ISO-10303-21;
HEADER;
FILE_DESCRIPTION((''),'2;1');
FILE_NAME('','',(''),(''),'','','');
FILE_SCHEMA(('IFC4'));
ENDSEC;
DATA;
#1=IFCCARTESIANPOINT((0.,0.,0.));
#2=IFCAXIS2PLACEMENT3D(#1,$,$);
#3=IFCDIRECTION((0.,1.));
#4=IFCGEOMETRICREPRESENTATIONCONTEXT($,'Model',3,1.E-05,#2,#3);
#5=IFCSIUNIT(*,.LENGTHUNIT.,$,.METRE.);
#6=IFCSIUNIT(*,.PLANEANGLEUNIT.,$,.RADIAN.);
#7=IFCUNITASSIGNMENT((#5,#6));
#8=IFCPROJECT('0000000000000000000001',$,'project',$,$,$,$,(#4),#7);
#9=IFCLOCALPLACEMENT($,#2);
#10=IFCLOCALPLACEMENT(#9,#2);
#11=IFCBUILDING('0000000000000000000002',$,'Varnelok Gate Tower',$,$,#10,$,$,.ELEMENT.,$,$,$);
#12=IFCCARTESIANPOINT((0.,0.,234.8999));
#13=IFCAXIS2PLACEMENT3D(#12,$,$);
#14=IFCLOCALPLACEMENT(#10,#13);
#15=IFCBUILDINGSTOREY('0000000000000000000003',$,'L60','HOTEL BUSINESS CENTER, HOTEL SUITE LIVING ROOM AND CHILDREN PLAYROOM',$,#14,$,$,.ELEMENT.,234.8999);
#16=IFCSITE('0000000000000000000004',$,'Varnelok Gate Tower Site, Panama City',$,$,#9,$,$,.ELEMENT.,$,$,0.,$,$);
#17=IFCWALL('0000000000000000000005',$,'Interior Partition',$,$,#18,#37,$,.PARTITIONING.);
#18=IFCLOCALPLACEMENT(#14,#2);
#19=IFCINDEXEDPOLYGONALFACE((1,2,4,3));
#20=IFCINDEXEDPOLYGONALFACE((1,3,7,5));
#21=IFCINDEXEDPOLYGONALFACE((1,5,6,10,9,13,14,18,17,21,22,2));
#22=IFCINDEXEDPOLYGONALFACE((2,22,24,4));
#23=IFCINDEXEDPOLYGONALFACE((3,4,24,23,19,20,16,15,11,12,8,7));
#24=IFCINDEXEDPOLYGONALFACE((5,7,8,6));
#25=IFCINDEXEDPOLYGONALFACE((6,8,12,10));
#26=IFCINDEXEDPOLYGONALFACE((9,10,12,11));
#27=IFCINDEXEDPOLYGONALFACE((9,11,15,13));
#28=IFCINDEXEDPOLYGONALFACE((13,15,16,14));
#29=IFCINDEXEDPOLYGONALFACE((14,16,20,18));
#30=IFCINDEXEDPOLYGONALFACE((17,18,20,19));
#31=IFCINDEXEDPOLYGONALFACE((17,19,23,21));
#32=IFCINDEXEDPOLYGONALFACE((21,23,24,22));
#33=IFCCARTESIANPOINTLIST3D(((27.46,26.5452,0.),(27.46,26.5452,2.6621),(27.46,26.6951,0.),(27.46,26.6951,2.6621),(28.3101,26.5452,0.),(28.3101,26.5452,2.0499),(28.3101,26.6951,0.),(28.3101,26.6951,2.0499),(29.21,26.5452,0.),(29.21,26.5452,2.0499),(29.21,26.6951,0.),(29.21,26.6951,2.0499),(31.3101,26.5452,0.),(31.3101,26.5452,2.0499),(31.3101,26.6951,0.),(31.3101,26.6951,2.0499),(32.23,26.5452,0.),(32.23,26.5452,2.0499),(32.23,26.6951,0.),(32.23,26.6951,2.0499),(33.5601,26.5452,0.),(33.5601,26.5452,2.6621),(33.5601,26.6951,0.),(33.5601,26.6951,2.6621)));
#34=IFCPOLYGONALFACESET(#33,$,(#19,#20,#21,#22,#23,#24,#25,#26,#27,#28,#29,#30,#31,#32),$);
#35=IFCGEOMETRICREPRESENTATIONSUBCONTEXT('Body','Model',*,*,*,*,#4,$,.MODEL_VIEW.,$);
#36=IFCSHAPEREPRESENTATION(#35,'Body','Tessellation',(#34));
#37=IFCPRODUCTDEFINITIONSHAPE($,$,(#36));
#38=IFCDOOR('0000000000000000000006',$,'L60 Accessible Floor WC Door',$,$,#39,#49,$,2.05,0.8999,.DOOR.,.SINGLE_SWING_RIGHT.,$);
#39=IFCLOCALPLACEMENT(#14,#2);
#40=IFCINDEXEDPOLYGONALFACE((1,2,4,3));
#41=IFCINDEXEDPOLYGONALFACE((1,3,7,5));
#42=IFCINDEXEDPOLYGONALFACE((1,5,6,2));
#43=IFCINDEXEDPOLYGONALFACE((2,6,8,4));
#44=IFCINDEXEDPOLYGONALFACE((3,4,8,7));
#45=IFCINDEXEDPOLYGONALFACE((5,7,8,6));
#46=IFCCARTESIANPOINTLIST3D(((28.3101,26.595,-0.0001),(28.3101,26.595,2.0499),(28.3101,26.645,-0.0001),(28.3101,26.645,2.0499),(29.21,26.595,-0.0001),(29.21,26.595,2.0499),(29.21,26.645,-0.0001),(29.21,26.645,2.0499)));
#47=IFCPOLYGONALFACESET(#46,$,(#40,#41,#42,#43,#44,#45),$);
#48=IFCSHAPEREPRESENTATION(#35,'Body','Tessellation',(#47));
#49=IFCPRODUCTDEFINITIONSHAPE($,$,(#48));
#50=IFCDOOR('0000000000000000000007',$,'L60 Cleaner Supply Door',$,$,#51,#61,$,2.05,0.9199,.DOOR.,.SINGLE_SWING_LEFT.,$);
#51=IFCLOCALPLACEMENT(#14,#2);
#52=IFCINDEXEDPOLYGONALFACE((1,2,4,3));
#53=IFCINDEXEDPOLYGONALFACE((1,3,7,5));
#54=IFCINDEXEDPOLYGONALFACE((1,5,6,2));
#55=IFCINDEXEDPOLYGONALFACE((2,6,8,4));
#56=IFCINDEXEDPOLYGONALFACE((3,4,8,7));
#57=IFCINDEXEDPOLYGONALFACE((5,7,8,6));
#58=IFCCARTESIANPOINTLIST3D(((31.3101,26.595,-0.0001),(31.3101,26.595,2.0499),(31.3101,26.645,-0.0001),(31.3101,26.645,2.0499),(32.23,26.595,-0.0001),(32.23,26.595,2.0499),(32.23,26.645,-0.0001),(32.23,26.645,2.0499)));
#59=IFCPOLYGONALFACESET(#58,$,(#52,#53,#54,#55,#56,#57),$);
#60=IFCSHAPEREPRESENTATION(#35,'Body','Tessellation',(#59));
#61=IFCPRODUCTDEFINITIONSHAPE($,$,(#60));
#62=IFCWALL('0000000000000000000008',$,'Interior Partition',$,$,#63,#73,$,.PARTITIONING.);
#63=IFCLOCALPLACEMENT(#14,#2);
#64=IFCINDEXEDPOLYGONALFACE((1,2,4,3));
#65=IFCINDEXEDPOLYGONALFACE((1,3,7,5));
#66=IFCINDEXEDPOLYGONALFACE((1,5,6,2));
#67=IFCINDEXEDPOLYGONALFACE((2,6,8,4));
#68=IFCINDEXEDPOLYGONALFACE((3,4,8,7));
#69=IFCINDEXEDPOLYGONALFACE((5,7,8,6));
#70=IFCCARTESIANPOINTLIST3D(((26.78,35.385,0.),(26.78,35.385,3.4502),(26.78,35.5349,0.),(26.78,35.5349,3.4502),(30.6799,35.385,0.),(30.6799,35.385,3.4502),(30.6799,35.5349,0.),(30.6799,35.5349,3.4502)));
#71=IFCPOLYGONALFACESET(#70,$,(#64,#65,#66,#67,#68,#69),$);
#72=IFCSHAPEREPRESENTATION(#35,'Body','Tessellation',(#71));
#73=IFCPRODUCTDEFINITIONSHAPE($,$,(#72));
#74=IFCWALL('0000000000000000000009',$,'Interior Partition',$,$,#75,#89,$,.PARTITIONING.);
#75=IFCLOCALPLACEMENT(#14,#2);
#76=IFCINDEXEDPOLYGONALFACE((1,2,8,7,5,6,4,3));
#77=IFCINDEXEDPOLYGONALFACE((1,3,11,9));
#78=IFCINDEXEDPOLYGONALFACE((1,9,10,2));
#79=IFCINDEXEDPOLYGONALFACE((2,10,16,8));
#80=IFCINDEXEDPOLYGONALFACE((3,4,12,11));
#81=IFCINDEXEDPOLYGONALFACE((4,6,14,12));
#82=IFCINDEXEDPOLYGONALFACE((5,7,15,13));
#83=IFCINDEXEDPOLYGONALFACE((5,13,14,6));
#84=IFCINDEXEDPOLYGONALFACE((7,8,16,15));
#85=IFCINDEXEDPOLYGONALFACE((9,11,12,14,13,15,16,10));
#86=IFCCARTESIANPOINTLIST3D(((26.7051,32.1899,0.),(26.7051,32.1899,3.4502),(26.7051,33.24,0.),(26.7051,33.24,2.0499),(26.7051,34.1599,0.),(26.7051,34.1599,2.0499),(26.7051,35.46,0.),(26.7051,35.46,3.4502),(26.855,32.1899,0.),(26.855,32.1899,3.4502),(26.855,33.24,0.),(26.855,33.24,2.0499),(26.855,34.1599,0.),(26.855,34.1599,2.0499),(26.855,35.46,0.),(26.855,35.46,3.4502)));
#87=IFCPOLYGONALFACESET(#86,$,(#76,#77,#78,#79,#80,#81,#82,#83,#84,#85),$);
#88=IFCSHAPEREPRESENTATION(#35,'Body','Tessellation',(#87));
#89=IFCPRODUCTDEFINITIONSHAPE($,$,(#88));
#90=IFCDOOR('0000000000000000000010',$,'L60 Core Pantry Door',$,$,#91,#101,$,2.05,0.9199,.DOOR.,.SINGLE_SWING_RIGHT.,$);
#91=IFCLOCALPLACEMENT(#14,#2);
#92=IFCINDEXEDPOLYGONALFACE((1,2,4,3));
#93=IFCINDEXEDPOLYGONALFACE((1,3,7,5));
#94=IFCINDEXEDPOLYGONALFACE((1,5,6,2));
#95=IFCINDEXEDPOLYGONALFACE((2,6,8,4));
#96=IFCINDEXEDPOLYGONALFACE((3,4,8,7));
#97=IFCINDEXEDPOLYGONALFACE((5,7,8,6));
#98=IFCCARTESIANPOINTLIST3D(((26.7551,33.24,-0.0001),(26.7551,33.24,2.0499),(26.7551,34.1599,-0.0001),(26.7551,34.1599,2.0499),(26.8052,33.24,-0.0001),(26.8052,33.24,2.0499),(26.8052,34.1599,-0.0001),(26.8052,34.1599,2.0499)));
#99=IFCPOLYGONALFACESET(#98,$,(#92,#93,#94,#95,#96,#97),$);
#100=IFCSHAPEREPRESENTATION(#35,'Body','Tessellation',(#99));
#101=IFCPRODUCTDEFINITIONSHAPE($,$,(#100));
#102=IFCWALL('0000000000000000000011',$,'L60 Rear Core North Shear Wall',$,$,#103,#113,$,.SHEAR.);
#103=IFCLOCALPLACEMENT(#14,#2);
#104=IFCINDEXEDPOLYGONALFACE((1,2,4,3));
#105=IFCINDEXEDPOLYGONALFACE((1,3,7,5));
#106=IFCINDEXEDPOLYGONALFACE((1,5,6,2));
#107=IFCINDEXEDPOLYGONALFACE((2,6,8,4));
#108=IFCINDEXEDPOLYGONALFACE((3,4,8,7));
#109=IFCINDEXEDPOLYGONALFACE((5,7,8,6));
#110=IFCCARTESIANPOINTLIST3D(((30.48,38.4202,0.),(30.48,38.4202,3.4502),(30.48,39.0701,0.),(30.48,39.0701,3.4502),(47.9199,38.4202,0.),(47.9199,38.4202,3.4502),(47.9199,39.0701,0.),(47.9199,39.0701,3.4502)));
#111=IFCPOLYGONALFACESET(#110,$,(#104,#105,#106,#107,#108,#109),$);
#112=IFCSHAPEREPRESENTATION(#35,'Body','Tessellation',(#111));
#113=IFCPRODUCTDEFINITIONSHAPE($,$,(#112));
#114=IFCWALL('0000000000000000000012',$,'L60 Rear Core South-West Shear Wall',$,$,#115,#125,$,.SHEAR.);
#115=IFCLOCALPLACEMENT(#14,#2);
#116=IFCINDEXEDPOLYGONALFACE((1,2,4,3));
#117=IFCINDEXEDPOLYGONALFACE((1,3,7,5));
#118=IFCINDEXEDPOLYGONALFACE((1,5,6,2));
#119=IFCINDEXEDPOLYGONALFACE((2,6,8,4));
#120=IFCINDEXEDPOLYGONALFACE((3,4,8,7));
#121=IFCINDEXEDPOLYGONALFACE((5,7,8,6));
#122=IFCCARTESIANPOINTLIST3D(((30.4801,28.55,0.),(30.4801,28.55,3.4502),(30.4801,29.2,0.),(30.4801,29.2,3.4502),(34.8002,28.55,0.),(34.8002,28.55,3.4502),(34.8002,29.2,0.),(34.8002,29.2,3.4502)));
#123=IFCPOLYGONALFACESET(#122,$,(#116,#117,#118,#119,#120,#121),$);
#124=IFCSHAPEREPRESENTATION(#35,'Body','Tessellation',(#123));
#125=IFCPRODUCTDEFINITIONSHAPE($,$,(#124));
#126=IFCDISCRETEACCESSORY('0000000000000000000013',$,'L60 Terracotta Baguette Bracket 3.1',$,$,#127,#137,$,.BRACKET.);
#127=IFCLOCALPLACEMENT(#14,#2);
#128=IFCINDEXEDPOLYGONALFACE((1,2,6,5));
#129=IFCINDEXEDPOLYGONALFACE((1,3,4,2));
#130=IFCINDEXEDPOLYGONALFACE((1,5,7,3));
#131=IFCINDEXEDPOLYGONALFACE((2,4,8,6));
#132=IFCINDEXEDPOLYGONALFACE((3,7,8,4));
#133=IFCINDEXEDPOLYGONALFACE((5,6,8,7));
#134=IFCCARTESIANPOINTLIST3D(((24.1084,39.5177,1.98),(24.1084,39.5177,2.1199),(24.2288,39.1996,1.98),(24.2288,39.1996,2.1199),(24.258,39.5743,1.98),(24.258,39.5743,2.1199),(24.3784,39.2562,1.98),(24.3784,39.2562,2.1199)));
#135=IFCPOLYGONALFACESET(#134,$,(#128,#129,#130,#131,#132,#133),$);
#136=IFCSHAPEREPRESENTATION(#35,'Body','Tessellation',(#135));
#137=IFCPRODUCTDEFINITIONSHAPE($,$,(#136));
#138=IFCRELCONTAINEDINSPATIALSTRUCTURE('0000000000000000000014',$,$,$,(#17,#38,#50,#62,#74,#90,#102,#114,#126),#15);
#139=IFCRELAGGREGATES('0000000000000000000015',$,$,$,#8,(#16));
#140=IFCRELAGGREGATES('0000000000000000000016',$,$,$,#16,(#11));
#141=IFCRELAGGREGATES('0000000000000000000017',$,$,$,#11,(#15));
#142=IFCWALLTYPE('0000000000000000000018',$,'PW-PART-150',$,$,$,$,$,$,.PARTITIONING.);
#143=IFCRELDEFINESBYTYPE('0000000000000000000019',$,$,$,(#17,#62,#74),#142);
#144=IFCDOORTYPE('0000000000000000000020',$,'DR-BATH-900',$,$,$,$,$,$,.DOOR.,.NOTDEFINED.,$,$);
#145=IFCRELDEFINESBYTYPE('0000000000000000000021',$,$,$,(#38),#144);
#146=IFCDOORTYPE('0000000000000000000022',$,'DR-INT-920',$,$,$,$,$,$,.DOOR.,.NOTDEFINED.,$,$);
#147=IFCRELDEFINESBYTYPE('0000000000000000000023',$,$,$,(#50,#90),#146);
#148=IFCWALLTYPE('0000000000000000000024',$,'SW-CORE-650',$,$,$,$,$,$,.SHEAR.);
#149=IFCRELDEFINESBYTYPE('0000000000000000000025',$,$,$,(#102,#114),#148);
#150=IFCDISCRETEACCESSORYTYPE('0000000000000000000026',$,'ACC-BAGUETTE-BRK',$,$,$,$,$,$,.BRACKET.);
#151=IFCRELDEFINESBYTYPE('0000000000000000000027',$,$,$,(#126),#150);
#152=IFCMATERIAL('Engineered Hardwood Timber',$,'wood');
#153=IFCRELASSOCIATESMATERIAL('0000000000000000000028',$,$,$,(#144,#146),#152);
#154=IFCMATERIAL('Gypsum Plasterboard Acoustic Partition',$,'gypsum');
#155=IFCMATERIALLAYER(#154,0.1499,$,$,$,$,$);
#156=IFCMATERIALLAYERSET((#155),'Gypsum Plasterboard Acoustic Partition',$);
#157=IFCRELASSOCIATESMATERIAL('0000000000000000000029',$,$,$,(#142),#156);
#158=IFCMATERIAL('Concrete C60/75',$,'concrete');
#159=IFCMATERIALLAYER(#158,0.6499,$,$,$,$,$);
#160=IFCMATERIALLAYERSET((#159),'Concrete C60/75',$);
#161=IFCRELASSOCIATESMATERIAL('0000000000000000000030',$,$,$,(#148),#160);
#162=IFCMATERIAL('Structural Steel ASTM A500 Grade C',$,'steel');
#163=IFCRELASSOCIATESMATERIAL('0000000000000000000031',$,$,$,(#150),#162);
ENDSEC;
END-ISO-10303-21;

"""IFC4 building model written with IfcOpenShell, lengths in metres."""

from ifc_helpers import new_model, si_unit, direction, frame, frame_2d, origin, origin_2d, place, context, subcontext, project, spatial, rectangle, extrude, source, transform, mapped, material, layer, layer_set, type_object, element, fill, save


model = new_model("IFC4")

# Units and contexts
model_context = context("Model", 3, precision=1e-05, world=origin(), true_north=direction((0.0, 1.0)))
body_context = subcontext(model_context, "Body", "Model", "MODEL_VIEW")
ifc_project = project(units=[si_unit("LENGTHUNIT", "METRE"), si_unit("PLANEANGLEUNIT", "RADIAN")], contexts=[model_context])

# Site, building, storey
site_placement = place(None, origin())
site = spatial("IfcSite", under=ifc_project, at=site_placement, Name="Varnelok Gate Tower Site, Panama City", CompositionType="ELEMENT", RefElevation=0.0)
building_placement = place(site_placement, origin())
building = spatial("IfcBuilding", under=site, at=building_placement, Name="Varnelok Gate Tower", CompositionType="ELEMENT")
storey_placement = place(building_placement, frame((0.0, 0.0, 234.8999)))
storey = spatial("IfcBuildingStorey", under=building, at=storey_placement, Name="L60", Description="HOTEL BUSINESS CENTER, HOTEL SUITE LIVING ROOM AND CHILDREN PLAYROOM", CompositionType="ELEMENT", Elevation=234.8999)

# Shared definitions
ifc_material_1 = material(Name="Gypsum Plasterboard Acoustic Partition", Category="gypsum")

# Shared definitions
ifc_material_2 = material(Name="Engineered Hardwood Timber", Category="wood")
door_type_1 = type_object("IfcDoorType", Name="DR-BATH-900", OperationType="NOTDEFINED", PredefinedType="DOOR", material=ifc_material_2)

# Wall, openings, doors
ifc_layer_1 = layer(ifc_material_1, 0.1499)
ifc_layer_set_1 = layer_set([ifc_layer_1], Name="Gypsum Plasterboard Acoustic Partition")
wall_type_1 = type_object("IfcWallType", Name="PW-PART-150", PredefinedType="PARTITIONING", material=ifc_layer_set_1)
wall_1_placement = place(storey_placement, frame((27.46, 26.6201, 0.0), z_axis=(0.0, 0.0, 1.0), x_axis=(1.0, 0.0, 0.0)))
wall_1 = element("IfcWall", 1, at=wall_1_placement, inside=storey, type_object=wall_type_1, Name="Interior Partition", PredefinedType="PARTITIONING", context=body_context, shape_type="SweptSolid", body=[
    extrude(rectangle(XDim=6.1001, YDim=0.1499, at=frame_2d((3.05, 0.0))), origin(), (0.0, 0.0, 1.0), 2.6621),
])
opening_1_placement = place(wall_1_placement, frame((0.8501, 0.0, 0.0)))
opening_1 = element("IfcOpeningElement", 2, at=opening_1_placement, cuts=wall_1, PredefinedType="OPENING", context=body_context, shape_type="SweptSolid", body=[
    extrude(rectangle(XDim=0.8999, YDim=2.05, at=frame_2d((0.45, 1.0249))), frame((0.0, 0.085, 0.0), z_axis=(0.0, -1.0, 0.0), x_axis=(1.0, 0.0, 0.0)), (0.0, 0.0, 1.0), 0.1699),
])
opening_2_placement = place(wall_1_placement, frame((3.8501, 0.0, 0.0)))
opening_2 = element("IfcOpeningElement", 3, at=opening_2_placement, cuts=wall_1, PredefinedType="OPENING", context=body_context, shape_type="SweptSolid", body=[
    extrude(rectangle(XDim=0.9199, YDim=2.05, at=frame_2d((0.46, 1.0249))), frame((0.0, 0.085, 0.0), z_axis=(0.0, -1.0, 0.0), x_axis=(1.0, 0.0, 0.0)), (0.0, 0.0, 1.0), 0.1699),
])
door_1_placement = place(opening_1_placement, origin())
door_1 = element("IfcDoor", 4, at=door_1_placement, inside=storey, type_object=door_type_1, Name="L60 Accessible Floor WC Door", OperationType="SINGLE_SWING_RIGHT", OverallHeight=2.05, OverallWidth=0.8999, PredefinedType="DOOR", context=body_context, shape_type="SweptSolid", body=[
    extrude(rectangle(XDim=0.8999, YDim=2.05, at=frame_2d((0.45, 1.0249))), frame((0.0, 0.0249, 0.0), z_axis=(0.0, -1.0, 0.0), x_axis=(1.0, 0.0, 0.0)), (0.0, 0.0, 1.0), 0.05),
])
fill(opening_1, door_1)
door_type_2 = type_object("IfcDoorType", Name="DR-INT-920", OperationType="NOTDEFINED", PredefinedType="DOOR", material=ifc_material_2)
door_2_placement = place(opening_2_placement, origin())
door_2 = element("IfcDoor", 5, at=door_2_placement, inside=storey, type_object=door_type_2, Name="L60 Cleaner Supply Door", OperationType="SINGLE_SWING_LEFT", OverallHeight=2.05, OverallWidth=0.9199, PredefinedType="DOOR", context=body_context, shape_type="SweptSolid", body=[
    extrude(rectangle(XDim=0.9199, YDim=2.05, at=frame_2d((0.46, 1.0249))), frame((0.0, 0.0249, 0.0), z_axis=(0.0, -1.0, 0.0), x_axis=(1.0, 0.0, 0.0)), (0.0, 0.0, 1.0), 0.05),
])
fill(opening_2, door_2)

# Wall
wall_2_placement = place(storey_placement, frame((26.78, 35.46, 0.0), z_axis=(0.0, 0.0, 1.0), x_axis=(1.0, 0.0, 0.0)))
element("IfcWall", 6, at=wall_2_placement, inside=storey, type_object=wall_type_1, Name="Interior Partition", PredefinedType="PARTITIONING", context=body_context, shape_type="SweptSolid", body=[
    extrude(rectangle(XDim=3.8999, YDim=0.1499, at=frame_2d((1.95, 0.0))), origin(), (0.0, 0.0, 1.0), 3.4502),
])

# Wall, opening, door
wall_3_placement = place(storey_placement, frame((26.78, 32.1899, 0.0), z_axis=(0.0, 0.0, 1.0), x_axis=(0.0, 1.0, 0.0)))
wall_3 = element("IfcWall", 7, at=wall_3_placement, inside=storey, type_object=wall_type_1, Name="Interior Partition", PredefinedType="PARTITIONING", context=body_context, shape_type="SweptSolid", body=[
    extrude(rectangle(XDim=3.27, YDim=0.1499, at=frame_2d((1.635, 0.0))), origin(), (0.0, 0.0, 1.0), 3.4502),
])
opening_3_placement = place(wall_3_placement, frame((1.05, 0.0, 0.0)))
opening_3 = element("IfcOpeningElement", 8, at=opening_3_placement, cuts=wall_3, PredefinedType="OPENING", context=body_context, shape_type="SweptSolid", body=[
    extrude(rectangle(XDim=0.9199, YDim=2.05, at=frame_2d((0.46, 1.0249))), frame((0.0, 0.085, 0.0), z_axis=(0.0, -1.0, 0.0), x_axis=(1.0, 0.0, 0.0)), (0.0, 0.0, 1.0), 0.1699),
])
door_3_placement = place(opening_3_placement, origin())
door_3 = element("IfcDoor", 9, at=door_3_placement, inside=storey, type_object=door_type_2, Name="L60 Core Pantry Door", OperationType="SINGLE_SWING_RIGHT", OverallHeight=2.05, OverallWidth=0.9199, PredefinedType="DOOR", context=body_context, shape_type="SweptSolid", body=[
    extrude(rectangle(XDim=0.9199, YDim=2.05, at=frame_2d((0.46, 1.0249))), frame((0.0, 0.0249, 0.0), z_axis=(0.0, -1.0, 0.0), x_axis=(1.0, 0.0, 0.0)), (0.0, 0.0, 1.0), 0.05),
])
fill(opening_3, door_3)

# Walls
ifc_material_3 = material(Name="Concrete C60/75", Category="concrete")
ifc_layer_2 = layer(ifc_material_3, 0.6499)
ifc_layer_set_2 = layer_set([ifc_layer_2], Name="Concrete C60/75")
wall_type_2 = type_object("IfcWallType", Name="SW-CORE-650", PredefinedType="SHEAR", material=ifc_layer_set_2)
wall_4_placement = place(storey_placement, frame((30.48, 38.7451, 0.0), z_axis=(0.0, 0.0, 1.0), x_axis=(1.0, 0.0, 0.0)))
element("IfcWall", 10, at=wall_4_placement, inside=storey, type_object=wall_type_2, Name="L60 Rear Core North Shear Wall", PredefinedType="SHEAR", context=body_context, shape_type="SweptSolid", body=[
    extrude(rectangle(XDim=17.4399, YDim=0.6499, at=frame_2d((8.72, 0.0))), origin(), (0.0, 0.0, 1.0), 3.4502),
])
wall_5_placement = place(storey_placement, frame((30.48, 28.875, 0.0), z_axis=(0.0, 0.0, 1.0), x_axis=(1.0, 0.0, 0.0)))
element("IfcWall", 11, at=wall_5_placement, inside=storey, type_object=wall_type_2, Name="L60 Rear Core South-West Shear Wall", PredefinedType="SHEAR", context=body_context, shape_type="SweptSolid", body=[
    extrude(rectangle(XDim=4.3201, YDim=0.6499, at=frame_2d((2.1602, 0.0))), origin(), (0.0, 0.0, 1.0), 3.4502),
])

# Discrete accessory
ifc_material_4 = material(Name="Structural Steel ASTM A500 Grade C", Category="steel")
discrete_accessory_type = type_object("IfcDiscreteAccessoryType", Name="ACC-BAGUETTE-BRK", PredefinedType="BRACKET", material=ifc_material_4)
shared_shape = source(origin(), body_context, "Body", "SweptSolid", [
    extrude(rectangle(XDim=0.1599, YDim=0.3401, at=origin_2d()), origin(), (0.0, 0.0, 1.0), 0.1399),
])
discrete_accessory_placement = place(storey_placement, frame((24.2434, 39.387, 1.98), z_axis=(0.0, 0.0, 1.0), x_axis=(0.935222, 0.354063, 0.0)))
element("IfcDiscreteAccessory", 12, at=discrete_accessory_placement, inside=storey, type_object=discrete_accessory_type, Name="L60 Terracotta Baguette Bracket 3.1", PredefinedType="BRACKET", context=body_context, shape_type="MappedRepresentation", body=[
    mapped(shared_shape, transform((0.0, 0.0, 0.0), scale=1.0)),
])

save(model, "model.ifc")
